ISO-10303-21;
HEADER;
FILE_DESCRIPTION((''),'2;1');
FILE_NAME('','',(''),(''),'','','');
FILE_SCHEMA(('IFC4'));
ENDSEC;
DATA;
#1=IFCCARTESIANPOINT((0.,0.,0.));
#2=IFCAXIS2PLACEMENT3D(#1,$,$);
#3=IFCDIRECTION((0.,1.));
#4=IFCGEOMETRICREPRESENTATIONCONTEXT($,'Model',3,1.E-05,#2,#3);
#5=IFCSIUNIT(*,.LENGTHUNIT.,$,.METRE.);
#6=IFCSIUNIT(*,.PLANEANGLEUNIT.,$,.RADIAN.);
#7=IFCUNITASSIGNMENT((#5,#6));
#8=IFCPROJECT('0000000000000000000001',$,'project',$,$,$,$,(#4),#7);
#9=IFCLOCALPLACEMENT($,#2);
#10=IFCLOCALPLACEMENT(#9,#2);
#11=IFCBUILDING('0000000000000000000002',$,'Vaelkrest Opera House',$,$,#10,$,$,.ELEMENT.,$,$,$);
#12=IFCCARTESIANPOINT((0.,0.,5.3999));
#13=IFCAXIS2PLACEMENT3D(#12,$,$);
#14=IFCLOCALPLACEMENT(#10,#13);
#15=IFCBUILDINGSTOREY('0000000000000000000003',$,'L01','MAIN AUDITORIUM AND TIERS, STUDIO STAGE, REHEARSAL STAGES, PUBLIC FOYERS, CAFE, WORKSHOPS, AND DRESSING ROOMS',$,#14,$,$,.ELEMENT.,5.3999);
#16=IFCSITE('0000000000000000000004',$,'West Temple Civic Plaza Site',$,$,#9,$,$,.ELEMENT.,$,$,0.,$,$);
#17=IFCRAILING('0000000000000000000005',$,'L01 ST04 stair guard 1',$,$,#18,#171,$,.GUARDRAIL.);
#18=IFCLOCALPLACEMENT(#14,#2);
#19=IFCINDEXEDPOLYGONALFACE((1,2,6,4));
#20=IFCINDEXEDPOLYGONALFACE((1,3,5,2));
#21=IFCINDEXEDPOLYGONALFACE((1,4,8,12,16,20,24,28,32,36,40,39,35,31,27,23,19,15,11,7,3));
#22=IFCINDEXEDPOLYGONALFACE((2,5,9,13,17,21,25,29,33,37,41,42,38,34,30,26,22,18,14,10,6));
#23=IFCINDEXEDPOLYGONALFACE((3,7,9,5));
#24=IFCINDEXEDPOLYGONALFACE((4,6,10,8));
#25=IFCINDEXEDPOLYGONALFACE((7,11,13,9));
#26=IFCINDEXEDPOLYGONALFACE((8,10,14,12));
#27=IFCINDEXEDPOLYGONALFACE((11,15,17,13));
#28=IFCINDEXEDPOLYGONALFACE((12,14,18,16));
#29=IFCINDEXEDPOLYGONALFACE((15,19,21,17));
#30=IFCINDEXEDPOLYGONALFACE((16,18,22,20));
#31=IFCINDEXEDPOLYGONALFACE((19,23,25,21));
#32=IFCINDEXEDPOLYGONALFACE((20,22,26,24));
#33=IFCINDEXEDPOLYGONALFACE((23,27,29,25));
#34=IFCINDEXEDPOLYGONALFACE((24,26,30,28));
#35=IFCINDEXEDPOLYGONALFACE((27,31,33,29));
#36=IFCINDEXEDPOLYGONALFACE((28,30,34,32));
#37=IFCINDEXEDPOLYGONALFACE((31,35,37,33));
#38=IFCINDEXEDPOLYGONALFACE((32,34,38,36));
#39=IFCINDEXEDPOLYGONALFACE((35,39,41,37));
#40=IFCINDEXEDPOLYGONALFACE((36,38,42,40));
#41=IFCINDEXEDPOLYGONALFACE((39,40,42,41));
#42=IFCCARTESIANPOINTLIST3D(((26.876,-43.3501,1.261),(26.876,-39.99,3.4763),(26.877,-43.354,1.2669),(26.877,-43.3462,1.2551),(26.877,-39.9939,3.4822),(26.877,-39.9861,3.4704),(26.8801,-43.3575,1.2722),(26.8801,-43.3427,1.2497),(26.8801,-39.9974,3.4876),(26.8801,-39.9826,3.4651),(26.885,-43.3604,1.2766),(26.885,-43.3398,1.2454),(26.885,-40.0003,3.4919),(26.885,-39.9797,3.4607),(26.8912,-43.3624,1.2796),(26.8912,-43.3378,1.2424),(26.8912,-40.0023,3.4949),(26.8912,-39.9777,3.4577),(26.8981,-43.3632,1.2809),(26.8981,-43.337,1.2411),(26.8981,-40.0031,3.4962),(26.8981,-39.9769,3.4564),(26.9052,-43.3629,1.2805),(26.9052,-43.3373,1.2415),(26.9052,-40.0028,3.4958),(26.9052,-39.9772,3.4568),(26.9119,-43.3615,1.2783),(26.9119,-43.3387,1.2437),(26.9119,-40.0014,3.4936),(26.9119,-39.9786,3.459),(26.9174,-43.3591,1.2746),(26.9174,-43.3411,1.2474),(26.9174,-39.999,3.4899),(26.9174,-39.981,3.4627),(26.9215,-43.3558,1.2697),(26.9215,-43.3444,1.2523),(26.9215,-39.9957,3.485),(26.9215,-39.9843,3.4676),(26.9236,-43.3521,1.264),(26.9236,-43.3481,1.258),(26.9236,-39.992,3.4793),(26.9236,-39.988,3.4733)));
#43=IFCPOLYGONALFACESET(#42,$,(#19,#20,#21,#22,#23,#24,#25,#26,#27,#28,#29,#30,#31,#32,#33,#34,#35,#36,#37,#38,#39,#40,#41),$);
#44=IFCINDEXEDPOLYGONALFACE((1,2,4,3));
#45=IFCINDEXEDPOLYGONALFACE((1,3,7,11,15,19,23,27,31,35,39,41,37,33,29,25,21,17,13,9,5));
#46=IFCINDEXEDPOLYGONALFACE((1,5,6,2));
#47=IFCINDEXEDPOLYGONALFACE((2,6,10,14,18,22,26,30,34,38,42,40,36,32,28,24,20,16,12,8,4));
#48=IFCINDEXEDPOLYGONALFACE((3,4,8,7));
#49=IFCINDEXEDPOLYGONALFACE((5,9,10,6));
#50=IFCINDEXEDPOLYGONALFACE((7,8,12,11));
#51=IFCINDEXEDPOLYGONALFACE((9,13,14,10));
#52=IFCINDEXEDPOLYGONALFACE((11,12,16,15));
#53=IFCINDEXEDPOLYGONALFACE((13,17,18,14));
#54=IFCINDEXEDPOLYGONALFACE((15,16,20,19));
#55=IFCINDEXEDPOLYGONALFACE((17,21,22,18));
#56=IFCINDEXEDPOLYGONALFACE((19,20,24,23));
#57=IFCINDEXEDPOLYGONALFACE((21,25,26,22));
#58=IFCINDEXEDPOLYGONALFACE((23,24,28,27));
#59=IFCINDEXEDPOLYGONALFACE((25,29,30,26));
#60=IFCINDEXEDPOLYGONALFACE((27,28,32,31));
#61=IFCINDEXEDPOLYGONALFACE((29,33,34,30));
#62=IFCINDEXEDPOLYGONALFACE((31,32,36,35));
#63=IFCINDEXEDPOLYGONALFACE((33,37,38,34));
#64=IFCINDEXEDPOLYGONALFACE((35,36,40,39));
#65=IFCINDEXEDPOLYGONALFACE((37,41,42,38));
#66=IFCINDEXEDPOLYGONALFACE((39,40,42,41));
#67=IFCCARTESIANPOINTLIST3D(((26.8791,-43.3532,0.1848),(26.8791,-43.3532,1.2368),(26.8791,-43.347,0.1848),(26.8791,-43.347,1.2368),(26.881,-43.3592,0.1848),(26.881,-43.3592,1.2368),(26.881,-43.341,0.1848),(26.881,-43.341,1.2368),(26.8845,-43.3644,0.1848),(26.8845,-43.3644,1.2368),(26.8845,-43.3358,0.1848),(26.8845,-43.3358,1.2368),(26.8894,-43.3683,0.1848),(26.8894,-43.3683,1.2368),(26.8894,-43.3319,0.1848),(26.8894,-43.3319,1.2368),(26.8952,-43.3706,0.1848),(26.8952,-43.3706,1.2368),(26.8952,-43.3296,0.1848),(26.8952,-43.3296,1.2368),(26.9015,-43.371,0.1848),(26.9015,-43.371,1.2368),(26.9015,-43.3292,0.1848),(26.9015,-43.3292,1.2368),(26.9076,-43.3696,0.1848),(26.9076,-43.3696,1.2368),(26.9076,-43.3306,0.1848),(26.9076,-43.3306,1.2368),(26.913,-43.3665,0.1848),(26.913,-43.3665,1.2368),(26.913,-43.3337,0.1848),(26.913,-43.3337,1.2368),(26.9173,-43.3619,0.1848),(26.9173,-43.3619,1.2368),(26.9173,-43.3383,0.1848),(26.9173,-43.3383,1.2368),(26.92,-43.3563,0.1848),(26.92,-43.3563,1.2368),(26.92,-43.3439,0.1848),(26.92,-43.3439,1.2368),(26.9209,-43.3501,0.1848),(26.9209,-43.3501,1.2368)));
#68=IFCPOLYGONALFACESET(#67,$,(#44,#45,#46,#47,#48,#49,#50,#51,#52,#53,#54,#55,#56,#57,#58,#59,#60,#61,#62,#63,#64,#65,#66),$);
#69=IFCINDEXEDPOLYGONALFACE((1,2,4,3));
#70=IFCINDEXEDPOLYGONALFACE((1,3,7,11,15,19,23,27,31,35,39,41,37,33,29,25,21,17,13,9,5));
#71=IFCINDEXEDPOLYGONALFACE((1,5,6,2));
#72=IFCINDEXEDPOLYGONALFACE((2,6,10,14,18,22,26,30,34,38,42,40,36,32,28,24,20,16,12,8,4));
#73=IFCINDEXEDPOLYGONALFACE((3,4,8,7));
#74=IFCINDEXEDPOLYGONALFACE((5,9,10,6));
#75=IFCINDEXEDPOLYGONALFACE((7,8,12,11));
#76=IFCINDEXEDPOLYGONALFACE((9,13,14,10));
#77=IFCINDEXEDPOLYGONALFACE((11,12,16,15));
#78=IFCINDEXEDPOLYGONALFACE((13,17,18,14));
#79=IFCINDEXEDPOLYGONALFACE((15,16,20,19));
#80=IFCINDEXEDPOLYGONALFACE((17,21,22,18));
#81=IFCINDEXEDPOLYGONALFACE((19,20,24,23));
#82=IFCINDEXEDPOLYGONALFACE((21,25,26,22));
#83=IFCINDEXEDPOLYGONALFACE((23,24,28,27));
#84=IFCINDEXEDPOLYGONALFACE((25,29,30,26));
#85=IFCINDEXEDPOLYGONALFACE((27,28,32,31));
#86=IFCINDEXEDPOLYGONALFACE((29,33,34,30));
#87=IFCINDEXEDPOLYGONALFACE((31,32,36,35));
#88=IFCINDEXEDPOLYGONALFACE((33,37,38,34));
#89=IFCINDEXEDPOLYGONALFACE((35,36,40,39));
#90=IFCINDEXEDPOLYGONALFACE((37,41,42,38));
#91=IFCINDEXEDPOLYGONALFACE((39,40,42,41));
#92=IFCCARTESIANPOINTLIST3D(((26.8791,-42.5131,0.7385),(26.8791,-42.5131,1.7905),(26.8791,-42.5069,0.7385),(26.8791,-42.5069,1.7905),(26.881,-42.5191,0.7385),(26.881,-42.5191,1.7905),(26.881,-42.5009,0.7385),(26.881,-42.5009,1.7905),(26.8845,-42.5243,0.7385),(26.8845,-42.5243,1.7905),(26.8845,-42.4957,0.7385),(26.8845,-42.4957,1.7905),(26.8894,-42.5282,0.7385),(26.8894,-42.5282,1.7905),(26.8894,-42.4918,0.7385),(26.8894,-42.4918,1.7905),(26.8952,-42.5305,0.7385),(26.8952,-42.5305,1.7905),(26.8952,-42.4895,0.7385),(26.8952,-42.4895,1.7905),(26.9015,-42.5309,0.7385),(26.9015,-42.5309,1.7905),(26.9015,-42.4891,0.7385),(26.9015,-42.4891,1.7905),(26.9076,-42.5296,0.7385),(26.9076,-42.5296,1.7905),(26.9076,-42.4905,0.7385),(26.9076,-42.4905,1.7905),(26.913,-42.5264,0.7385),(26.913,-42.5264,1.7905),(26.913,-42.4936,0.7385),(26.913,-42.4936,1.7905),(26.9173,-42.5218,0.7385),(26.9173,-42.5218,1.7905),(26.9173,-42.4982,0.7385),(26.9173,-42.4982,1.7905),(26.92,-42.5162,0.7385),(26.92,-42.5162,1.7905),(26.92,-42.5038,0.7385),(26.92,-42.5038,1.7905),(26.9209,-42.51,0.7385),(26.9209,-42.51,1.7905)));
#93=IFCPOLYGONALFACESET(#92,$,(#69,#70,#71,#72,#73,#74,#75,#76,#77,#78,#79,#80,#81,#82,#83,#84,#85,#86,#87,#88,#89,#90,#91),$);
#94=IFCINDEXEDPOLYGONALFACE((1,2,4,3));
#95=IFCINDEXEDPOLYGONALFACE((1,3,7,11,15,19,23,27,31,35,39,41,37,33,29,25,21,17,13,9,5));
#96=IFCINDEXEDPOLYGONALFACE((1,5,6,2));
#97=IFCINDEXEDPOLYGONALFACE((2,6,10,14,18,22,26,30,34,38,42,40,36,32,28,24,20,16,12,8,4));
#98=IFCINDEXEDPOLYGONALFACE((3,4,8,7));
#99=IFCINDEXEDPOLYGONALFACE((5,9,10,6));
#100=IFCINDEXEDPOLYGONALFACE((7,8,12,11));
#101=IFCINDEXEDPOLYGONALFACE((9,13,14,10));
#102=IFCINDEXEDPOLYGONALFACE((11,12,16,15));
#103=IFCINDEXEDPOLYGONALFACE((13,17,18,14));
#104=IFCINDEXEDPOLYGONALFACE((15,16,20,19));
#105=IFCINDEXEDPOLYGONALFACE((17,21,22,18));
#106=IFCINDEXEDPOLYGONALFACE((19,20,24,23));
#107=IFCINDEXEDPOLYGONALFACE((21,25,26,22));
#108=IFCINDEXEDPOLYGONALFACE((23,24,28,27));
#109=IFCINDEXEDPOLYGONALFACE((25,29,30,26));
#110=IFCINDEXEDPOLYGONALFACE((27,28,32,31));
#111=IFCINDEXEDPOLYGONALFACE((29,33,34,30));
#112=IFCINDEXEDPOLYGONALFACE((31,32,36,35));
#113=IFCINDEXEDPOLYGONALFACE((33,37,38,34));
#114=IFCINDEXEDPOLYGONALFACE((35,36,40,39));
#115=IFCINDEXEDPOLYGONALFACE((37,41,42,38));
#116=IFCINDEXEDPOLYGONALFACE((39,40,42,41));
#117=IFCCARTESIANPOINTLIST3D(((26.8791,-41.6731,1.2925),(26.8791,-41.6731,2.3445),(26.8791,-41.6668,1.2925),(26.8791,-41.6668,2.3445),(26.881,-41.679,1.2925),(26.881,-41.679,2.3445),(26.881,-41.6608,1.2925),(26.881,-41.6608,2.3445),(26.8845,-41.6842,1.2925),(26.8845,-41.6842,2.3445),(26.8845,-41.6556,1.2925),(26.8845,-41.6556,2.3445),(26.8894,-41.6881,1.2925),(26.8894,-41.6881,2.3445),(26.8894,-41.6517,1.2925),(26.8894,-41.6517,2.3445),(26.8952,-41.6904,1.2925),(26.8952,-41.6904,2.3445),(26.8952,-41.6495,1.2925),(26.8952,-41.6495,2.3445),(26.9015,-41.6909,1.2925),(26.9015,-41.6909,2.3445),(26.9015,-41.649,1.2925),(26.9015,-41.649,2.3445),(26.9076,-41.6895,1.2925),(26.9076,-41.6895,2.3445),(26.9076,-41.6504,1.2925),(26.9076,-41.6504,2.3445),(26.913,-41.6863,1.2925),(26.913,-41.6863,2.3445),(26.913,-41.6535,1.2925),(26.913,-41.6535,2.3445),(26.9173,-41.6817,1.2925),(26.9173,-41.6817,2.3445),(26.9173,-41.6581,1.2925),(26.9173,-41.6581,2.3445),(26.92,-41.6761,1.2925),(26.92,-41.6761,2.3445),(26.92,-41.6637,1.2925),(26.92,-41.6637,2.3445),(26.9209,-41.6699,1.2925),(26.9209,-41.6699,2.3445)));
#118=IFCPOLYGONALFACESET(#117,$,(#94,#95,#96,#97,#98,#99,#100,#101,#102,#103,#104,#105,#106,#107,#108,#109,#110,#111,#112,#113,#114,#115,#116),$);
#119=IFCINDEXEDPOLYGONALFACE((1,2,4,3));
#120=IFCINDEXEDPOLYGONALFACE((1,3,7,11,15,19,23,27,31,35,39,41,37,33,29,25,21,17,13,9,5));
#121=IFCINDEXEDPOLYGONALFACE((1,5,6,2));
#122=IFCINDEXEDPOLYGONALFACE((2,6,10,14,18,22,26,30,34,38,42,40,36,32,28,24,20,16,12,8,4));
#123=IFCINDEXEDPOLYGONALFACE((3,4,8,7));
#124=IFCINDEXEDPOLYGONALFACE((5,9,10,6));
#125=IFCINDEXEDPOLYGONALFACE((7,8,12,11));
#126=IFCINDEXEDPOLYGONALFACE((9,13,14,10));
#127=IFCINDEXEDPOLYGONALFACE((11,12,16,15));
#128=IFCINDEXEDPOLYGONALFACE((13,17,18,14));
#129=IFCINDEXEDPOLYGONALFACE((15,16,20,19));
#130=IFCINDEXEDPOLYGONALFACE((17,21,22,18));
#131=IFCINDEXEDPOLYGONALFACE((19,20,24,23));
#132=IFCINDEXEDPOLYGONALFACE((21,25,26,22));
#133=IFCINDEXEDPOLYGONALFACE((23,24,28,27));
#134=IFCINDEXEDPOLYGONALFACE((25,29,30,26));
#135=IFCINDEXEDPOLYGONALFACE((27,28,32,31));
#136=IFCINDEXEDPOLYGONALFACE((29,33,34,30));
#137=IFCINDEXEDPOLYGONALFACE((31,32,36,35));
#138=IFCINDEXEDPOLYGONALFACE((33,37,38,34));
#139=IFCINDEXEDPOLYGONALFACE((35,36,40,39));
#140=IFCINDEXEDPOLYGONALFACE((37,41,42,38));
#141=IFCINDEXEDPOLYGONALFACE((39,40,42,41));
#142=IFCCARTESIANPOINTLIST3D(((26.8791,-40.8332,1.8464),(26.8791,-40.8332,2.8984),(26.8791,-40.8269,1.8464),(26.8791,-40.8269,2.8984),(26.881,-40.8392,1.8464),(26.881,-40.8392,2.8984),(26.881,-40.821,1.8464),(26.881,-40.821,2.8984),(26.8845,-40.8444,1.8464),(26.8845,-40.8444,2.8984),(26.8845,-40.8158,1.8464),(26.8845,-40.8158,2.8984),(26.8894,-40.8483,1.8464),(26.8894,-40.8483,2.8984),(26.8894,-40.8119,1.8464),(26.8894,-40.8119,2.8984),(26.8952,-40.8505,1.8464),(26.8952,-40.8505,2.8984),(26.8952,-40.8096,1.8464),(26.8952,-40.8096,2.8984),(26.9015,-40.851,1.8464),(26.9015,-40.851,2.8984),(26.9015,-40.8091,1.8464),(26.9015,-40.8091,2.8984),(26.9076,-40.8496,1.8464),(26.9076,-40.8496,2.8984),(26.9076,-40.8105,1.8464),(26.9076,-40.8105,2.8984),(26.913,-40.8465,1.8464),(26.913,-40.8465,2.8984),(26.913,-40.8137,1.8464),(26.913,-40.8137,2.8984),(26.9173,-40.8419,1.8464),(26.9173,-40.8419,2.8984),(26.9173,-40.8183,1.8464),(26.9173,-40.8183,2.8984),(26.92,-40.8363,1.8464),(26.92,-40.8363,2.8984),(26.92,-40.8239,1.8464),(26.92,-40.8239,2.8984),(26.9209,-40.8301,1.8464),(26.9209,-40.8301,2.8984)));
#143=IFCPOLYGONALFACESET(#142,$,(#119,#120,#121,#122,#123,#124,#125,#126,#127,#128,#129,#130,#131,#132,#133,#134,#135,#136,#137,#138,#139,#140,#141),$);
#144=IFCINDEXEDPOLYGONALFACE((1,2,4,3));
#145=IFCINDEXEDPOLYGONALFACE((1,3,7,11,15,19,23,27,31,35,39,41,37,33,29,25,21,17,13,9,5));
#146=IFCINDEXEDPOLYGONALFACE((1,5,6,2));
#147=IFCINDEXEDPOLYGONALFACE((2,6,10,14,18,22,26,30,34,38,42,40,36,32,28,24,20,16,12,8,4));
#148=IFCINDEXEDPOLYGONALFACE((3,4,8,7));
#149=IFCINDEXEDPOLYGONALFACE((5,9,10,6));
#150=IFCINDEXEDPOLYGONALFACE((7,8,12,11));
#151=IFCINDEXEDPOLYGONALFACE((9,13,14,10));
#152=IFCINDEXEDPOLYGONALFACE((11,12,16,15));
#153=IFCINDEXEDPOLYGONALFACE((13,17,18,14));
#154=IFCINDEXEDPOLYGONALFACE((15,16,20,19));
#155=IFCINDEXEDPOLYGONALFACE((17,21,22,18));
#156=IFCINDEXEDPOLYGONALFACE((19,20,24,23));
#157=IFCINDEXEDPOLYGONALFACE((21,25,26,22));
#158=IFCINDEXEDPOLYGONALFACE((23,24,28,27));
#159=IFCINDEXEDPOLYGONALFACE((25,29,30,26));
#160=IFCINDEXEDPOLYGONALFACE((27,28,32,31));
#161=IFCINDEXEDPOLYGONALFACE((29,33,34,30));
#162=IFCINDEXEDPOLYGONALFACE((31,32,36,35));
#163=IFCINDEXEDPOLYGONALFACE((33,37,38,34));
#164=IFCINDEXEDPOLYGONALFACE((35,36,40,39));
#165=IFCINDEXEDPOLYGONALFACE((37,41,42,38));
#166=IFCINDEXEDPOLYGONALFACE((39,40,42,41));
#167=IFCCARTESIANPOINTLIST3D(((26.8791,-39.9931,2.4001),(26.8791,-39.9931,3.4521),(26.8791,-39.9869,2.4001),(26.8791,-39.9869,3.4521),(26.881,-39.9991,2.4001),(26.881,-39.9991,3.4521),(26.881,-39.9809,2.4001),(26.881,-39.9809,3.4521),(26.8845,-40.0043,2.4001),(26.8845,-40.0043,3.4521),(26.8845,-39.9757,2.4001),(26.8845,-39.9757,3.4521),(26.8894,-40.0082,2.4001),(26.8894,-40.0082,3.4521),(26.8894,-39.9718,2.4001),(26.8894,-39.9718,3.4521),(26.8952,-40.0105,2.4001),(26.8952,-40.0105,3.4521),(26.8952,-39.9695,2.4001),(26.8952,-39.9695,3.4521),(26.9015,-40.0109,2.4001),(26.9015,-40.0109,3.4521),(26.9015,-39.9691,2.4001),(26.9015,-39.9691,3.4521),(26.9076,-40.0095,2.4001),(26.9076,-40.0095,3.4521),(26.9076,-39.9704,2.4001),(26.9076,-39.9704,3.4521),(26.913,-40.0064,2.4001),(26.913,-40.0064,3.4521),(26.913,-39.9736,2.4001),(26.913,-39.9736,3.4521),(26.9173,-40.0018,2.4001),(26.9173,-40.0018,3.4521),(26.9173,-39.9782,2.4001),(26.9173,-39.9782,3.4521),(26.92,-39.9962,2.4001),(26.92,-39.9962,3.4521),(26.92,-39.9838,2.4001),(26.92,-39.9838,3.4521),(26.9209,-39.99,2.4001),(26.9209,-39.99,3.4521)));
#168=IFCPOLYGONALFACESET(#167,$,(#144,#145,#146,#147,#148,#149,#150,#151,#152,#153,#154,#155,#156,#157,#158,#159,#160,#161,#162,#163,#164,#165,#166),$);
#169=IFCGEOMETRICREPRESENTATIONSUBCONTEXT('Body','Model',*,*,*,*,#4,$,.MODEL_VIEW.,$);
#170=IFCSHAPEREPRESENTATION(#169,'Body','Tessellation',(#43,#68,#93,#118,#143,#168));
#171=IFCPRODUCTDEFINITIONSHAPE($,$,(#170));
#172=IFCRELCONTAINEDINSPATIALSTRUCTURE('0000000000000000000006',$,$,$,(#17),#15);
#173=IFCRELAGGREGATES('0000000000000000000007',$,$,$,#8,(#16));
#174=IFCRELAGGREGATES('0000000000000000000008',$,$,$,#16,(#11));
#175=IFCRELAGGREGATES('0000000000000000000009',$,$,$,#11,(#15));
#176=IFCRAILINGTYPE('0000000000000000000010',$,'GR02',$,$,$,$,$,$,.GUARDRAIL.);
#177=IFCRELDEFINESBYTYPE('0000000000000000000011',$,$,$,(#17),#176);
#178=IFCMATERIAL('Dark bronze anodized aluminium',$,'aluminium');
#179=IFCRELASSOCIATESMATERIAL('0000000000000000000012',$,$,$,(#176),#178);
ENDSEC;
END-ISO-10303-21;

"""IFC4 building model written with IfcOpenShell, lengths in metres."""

from ifc_helpers import new_model, si_unit, direction, frame, origin, origin_2d, place, context, subcontext, project, spatial, circle, extrude, material, type_object, element, save


model = new_model("IFC4")

# Units and contexts
model_context = context("Model", 3, precision=1e-05, world=origin(), true_north=direction((0.0, 1.0)))
body_context = subcontext(model_context, "Body", "Model", "MODEL_VIEW")
ifc_project = project(units=[si_unit("LENGTHUNIT", "METRE"), si_unit("PLANEANGLEUNIT", "RADIAN")], contexts=[model_context])

# Site, building, storey
site_placement = place(None, origin())
site = spatial("IfcSite", under=ifc_project, at=site_placement, Name="West Temple Civic Plaza Site", CompositionType="ELEMENT", RefElevation=0.0)
building_placement = place(site_placement, origin())
building = spatial("IfcBuilding", under=site, at=building_placement, Name="Vaelkrest Opera House", CompositionType="ELEMENT")
storey_placement = place(building_placement, frame((0.0, 0.0, 5.3999)))
storey = spatial("IfcBuildingStorey", under=building, at=storey_placement, Name="L01", Description="MAIN AUDITORIUM AND TIERS, STUDIO STAGE, REHEARSAL STAGES, PUBLIC FOYERS, CAFE, WORKSHOPS, AND DRESSING ROOMS", CompositionType="ELEMENT", Elevation=5.3999)

# Shared definitions
ifc_material_1 = material(Name="Dark bronze anodized aluminium", Category="aluminium")

# Railing
railing_type_1 = type_object("IfcRailingType", Name="GR02", PredefinedType="GUARDRAIL", material=ifc_material_1)
railing_1_placement = place(storey_placement, frame((26.8999, -43.3501, 0.1848)))
element("IfcRailing", 1, at=railing_1_placement, inside=storey, type_object=railing_type_1, Name="L01 ST04 stair guard 1", PredefinedType="GUARDRAIL", context=body_context, shape_type="SweptSolid", body=[
    extrude(circle(Radius=0.0239, at=origin_2d()), frame((0.0, 0.0, 1.0762), z_axis=(0.0, 0.834876, 0.550437), x_axis=(-1.0, 0.0, 0.0)), (0.0, 0.0, 1.0), 4.0247),
    extrude(circle(Radius=0.021, at=origin_2d()), origin(), (0.0, 0.0, 1.0), 1.052),
    extrude(circle(Radius=0.021, at=origin_2d()), frame((0.0, 0.8401, 0.5537)), (0.0, 0.0, 1.0), 1.052),
    extrude(circle(Radius=0.021, at=origin_2d()), frame((0.0, 1.6802, 1.1077)), (0.0, 0.0, 1.0), 1.052),
    extrude(circle(Radius=0.021, at=origin_2d()), frame((0.0, 2.52, 1.6616)), (0.0, 0.0, 1.0), 1.052),
    extrude(circle(Radius=0.021, at=origin_2d()), frame((0.0, 3.3601, 2.2153)), (0.0, 0.0, 1.0), 1.052),
])

save(model, "model.ifc")
